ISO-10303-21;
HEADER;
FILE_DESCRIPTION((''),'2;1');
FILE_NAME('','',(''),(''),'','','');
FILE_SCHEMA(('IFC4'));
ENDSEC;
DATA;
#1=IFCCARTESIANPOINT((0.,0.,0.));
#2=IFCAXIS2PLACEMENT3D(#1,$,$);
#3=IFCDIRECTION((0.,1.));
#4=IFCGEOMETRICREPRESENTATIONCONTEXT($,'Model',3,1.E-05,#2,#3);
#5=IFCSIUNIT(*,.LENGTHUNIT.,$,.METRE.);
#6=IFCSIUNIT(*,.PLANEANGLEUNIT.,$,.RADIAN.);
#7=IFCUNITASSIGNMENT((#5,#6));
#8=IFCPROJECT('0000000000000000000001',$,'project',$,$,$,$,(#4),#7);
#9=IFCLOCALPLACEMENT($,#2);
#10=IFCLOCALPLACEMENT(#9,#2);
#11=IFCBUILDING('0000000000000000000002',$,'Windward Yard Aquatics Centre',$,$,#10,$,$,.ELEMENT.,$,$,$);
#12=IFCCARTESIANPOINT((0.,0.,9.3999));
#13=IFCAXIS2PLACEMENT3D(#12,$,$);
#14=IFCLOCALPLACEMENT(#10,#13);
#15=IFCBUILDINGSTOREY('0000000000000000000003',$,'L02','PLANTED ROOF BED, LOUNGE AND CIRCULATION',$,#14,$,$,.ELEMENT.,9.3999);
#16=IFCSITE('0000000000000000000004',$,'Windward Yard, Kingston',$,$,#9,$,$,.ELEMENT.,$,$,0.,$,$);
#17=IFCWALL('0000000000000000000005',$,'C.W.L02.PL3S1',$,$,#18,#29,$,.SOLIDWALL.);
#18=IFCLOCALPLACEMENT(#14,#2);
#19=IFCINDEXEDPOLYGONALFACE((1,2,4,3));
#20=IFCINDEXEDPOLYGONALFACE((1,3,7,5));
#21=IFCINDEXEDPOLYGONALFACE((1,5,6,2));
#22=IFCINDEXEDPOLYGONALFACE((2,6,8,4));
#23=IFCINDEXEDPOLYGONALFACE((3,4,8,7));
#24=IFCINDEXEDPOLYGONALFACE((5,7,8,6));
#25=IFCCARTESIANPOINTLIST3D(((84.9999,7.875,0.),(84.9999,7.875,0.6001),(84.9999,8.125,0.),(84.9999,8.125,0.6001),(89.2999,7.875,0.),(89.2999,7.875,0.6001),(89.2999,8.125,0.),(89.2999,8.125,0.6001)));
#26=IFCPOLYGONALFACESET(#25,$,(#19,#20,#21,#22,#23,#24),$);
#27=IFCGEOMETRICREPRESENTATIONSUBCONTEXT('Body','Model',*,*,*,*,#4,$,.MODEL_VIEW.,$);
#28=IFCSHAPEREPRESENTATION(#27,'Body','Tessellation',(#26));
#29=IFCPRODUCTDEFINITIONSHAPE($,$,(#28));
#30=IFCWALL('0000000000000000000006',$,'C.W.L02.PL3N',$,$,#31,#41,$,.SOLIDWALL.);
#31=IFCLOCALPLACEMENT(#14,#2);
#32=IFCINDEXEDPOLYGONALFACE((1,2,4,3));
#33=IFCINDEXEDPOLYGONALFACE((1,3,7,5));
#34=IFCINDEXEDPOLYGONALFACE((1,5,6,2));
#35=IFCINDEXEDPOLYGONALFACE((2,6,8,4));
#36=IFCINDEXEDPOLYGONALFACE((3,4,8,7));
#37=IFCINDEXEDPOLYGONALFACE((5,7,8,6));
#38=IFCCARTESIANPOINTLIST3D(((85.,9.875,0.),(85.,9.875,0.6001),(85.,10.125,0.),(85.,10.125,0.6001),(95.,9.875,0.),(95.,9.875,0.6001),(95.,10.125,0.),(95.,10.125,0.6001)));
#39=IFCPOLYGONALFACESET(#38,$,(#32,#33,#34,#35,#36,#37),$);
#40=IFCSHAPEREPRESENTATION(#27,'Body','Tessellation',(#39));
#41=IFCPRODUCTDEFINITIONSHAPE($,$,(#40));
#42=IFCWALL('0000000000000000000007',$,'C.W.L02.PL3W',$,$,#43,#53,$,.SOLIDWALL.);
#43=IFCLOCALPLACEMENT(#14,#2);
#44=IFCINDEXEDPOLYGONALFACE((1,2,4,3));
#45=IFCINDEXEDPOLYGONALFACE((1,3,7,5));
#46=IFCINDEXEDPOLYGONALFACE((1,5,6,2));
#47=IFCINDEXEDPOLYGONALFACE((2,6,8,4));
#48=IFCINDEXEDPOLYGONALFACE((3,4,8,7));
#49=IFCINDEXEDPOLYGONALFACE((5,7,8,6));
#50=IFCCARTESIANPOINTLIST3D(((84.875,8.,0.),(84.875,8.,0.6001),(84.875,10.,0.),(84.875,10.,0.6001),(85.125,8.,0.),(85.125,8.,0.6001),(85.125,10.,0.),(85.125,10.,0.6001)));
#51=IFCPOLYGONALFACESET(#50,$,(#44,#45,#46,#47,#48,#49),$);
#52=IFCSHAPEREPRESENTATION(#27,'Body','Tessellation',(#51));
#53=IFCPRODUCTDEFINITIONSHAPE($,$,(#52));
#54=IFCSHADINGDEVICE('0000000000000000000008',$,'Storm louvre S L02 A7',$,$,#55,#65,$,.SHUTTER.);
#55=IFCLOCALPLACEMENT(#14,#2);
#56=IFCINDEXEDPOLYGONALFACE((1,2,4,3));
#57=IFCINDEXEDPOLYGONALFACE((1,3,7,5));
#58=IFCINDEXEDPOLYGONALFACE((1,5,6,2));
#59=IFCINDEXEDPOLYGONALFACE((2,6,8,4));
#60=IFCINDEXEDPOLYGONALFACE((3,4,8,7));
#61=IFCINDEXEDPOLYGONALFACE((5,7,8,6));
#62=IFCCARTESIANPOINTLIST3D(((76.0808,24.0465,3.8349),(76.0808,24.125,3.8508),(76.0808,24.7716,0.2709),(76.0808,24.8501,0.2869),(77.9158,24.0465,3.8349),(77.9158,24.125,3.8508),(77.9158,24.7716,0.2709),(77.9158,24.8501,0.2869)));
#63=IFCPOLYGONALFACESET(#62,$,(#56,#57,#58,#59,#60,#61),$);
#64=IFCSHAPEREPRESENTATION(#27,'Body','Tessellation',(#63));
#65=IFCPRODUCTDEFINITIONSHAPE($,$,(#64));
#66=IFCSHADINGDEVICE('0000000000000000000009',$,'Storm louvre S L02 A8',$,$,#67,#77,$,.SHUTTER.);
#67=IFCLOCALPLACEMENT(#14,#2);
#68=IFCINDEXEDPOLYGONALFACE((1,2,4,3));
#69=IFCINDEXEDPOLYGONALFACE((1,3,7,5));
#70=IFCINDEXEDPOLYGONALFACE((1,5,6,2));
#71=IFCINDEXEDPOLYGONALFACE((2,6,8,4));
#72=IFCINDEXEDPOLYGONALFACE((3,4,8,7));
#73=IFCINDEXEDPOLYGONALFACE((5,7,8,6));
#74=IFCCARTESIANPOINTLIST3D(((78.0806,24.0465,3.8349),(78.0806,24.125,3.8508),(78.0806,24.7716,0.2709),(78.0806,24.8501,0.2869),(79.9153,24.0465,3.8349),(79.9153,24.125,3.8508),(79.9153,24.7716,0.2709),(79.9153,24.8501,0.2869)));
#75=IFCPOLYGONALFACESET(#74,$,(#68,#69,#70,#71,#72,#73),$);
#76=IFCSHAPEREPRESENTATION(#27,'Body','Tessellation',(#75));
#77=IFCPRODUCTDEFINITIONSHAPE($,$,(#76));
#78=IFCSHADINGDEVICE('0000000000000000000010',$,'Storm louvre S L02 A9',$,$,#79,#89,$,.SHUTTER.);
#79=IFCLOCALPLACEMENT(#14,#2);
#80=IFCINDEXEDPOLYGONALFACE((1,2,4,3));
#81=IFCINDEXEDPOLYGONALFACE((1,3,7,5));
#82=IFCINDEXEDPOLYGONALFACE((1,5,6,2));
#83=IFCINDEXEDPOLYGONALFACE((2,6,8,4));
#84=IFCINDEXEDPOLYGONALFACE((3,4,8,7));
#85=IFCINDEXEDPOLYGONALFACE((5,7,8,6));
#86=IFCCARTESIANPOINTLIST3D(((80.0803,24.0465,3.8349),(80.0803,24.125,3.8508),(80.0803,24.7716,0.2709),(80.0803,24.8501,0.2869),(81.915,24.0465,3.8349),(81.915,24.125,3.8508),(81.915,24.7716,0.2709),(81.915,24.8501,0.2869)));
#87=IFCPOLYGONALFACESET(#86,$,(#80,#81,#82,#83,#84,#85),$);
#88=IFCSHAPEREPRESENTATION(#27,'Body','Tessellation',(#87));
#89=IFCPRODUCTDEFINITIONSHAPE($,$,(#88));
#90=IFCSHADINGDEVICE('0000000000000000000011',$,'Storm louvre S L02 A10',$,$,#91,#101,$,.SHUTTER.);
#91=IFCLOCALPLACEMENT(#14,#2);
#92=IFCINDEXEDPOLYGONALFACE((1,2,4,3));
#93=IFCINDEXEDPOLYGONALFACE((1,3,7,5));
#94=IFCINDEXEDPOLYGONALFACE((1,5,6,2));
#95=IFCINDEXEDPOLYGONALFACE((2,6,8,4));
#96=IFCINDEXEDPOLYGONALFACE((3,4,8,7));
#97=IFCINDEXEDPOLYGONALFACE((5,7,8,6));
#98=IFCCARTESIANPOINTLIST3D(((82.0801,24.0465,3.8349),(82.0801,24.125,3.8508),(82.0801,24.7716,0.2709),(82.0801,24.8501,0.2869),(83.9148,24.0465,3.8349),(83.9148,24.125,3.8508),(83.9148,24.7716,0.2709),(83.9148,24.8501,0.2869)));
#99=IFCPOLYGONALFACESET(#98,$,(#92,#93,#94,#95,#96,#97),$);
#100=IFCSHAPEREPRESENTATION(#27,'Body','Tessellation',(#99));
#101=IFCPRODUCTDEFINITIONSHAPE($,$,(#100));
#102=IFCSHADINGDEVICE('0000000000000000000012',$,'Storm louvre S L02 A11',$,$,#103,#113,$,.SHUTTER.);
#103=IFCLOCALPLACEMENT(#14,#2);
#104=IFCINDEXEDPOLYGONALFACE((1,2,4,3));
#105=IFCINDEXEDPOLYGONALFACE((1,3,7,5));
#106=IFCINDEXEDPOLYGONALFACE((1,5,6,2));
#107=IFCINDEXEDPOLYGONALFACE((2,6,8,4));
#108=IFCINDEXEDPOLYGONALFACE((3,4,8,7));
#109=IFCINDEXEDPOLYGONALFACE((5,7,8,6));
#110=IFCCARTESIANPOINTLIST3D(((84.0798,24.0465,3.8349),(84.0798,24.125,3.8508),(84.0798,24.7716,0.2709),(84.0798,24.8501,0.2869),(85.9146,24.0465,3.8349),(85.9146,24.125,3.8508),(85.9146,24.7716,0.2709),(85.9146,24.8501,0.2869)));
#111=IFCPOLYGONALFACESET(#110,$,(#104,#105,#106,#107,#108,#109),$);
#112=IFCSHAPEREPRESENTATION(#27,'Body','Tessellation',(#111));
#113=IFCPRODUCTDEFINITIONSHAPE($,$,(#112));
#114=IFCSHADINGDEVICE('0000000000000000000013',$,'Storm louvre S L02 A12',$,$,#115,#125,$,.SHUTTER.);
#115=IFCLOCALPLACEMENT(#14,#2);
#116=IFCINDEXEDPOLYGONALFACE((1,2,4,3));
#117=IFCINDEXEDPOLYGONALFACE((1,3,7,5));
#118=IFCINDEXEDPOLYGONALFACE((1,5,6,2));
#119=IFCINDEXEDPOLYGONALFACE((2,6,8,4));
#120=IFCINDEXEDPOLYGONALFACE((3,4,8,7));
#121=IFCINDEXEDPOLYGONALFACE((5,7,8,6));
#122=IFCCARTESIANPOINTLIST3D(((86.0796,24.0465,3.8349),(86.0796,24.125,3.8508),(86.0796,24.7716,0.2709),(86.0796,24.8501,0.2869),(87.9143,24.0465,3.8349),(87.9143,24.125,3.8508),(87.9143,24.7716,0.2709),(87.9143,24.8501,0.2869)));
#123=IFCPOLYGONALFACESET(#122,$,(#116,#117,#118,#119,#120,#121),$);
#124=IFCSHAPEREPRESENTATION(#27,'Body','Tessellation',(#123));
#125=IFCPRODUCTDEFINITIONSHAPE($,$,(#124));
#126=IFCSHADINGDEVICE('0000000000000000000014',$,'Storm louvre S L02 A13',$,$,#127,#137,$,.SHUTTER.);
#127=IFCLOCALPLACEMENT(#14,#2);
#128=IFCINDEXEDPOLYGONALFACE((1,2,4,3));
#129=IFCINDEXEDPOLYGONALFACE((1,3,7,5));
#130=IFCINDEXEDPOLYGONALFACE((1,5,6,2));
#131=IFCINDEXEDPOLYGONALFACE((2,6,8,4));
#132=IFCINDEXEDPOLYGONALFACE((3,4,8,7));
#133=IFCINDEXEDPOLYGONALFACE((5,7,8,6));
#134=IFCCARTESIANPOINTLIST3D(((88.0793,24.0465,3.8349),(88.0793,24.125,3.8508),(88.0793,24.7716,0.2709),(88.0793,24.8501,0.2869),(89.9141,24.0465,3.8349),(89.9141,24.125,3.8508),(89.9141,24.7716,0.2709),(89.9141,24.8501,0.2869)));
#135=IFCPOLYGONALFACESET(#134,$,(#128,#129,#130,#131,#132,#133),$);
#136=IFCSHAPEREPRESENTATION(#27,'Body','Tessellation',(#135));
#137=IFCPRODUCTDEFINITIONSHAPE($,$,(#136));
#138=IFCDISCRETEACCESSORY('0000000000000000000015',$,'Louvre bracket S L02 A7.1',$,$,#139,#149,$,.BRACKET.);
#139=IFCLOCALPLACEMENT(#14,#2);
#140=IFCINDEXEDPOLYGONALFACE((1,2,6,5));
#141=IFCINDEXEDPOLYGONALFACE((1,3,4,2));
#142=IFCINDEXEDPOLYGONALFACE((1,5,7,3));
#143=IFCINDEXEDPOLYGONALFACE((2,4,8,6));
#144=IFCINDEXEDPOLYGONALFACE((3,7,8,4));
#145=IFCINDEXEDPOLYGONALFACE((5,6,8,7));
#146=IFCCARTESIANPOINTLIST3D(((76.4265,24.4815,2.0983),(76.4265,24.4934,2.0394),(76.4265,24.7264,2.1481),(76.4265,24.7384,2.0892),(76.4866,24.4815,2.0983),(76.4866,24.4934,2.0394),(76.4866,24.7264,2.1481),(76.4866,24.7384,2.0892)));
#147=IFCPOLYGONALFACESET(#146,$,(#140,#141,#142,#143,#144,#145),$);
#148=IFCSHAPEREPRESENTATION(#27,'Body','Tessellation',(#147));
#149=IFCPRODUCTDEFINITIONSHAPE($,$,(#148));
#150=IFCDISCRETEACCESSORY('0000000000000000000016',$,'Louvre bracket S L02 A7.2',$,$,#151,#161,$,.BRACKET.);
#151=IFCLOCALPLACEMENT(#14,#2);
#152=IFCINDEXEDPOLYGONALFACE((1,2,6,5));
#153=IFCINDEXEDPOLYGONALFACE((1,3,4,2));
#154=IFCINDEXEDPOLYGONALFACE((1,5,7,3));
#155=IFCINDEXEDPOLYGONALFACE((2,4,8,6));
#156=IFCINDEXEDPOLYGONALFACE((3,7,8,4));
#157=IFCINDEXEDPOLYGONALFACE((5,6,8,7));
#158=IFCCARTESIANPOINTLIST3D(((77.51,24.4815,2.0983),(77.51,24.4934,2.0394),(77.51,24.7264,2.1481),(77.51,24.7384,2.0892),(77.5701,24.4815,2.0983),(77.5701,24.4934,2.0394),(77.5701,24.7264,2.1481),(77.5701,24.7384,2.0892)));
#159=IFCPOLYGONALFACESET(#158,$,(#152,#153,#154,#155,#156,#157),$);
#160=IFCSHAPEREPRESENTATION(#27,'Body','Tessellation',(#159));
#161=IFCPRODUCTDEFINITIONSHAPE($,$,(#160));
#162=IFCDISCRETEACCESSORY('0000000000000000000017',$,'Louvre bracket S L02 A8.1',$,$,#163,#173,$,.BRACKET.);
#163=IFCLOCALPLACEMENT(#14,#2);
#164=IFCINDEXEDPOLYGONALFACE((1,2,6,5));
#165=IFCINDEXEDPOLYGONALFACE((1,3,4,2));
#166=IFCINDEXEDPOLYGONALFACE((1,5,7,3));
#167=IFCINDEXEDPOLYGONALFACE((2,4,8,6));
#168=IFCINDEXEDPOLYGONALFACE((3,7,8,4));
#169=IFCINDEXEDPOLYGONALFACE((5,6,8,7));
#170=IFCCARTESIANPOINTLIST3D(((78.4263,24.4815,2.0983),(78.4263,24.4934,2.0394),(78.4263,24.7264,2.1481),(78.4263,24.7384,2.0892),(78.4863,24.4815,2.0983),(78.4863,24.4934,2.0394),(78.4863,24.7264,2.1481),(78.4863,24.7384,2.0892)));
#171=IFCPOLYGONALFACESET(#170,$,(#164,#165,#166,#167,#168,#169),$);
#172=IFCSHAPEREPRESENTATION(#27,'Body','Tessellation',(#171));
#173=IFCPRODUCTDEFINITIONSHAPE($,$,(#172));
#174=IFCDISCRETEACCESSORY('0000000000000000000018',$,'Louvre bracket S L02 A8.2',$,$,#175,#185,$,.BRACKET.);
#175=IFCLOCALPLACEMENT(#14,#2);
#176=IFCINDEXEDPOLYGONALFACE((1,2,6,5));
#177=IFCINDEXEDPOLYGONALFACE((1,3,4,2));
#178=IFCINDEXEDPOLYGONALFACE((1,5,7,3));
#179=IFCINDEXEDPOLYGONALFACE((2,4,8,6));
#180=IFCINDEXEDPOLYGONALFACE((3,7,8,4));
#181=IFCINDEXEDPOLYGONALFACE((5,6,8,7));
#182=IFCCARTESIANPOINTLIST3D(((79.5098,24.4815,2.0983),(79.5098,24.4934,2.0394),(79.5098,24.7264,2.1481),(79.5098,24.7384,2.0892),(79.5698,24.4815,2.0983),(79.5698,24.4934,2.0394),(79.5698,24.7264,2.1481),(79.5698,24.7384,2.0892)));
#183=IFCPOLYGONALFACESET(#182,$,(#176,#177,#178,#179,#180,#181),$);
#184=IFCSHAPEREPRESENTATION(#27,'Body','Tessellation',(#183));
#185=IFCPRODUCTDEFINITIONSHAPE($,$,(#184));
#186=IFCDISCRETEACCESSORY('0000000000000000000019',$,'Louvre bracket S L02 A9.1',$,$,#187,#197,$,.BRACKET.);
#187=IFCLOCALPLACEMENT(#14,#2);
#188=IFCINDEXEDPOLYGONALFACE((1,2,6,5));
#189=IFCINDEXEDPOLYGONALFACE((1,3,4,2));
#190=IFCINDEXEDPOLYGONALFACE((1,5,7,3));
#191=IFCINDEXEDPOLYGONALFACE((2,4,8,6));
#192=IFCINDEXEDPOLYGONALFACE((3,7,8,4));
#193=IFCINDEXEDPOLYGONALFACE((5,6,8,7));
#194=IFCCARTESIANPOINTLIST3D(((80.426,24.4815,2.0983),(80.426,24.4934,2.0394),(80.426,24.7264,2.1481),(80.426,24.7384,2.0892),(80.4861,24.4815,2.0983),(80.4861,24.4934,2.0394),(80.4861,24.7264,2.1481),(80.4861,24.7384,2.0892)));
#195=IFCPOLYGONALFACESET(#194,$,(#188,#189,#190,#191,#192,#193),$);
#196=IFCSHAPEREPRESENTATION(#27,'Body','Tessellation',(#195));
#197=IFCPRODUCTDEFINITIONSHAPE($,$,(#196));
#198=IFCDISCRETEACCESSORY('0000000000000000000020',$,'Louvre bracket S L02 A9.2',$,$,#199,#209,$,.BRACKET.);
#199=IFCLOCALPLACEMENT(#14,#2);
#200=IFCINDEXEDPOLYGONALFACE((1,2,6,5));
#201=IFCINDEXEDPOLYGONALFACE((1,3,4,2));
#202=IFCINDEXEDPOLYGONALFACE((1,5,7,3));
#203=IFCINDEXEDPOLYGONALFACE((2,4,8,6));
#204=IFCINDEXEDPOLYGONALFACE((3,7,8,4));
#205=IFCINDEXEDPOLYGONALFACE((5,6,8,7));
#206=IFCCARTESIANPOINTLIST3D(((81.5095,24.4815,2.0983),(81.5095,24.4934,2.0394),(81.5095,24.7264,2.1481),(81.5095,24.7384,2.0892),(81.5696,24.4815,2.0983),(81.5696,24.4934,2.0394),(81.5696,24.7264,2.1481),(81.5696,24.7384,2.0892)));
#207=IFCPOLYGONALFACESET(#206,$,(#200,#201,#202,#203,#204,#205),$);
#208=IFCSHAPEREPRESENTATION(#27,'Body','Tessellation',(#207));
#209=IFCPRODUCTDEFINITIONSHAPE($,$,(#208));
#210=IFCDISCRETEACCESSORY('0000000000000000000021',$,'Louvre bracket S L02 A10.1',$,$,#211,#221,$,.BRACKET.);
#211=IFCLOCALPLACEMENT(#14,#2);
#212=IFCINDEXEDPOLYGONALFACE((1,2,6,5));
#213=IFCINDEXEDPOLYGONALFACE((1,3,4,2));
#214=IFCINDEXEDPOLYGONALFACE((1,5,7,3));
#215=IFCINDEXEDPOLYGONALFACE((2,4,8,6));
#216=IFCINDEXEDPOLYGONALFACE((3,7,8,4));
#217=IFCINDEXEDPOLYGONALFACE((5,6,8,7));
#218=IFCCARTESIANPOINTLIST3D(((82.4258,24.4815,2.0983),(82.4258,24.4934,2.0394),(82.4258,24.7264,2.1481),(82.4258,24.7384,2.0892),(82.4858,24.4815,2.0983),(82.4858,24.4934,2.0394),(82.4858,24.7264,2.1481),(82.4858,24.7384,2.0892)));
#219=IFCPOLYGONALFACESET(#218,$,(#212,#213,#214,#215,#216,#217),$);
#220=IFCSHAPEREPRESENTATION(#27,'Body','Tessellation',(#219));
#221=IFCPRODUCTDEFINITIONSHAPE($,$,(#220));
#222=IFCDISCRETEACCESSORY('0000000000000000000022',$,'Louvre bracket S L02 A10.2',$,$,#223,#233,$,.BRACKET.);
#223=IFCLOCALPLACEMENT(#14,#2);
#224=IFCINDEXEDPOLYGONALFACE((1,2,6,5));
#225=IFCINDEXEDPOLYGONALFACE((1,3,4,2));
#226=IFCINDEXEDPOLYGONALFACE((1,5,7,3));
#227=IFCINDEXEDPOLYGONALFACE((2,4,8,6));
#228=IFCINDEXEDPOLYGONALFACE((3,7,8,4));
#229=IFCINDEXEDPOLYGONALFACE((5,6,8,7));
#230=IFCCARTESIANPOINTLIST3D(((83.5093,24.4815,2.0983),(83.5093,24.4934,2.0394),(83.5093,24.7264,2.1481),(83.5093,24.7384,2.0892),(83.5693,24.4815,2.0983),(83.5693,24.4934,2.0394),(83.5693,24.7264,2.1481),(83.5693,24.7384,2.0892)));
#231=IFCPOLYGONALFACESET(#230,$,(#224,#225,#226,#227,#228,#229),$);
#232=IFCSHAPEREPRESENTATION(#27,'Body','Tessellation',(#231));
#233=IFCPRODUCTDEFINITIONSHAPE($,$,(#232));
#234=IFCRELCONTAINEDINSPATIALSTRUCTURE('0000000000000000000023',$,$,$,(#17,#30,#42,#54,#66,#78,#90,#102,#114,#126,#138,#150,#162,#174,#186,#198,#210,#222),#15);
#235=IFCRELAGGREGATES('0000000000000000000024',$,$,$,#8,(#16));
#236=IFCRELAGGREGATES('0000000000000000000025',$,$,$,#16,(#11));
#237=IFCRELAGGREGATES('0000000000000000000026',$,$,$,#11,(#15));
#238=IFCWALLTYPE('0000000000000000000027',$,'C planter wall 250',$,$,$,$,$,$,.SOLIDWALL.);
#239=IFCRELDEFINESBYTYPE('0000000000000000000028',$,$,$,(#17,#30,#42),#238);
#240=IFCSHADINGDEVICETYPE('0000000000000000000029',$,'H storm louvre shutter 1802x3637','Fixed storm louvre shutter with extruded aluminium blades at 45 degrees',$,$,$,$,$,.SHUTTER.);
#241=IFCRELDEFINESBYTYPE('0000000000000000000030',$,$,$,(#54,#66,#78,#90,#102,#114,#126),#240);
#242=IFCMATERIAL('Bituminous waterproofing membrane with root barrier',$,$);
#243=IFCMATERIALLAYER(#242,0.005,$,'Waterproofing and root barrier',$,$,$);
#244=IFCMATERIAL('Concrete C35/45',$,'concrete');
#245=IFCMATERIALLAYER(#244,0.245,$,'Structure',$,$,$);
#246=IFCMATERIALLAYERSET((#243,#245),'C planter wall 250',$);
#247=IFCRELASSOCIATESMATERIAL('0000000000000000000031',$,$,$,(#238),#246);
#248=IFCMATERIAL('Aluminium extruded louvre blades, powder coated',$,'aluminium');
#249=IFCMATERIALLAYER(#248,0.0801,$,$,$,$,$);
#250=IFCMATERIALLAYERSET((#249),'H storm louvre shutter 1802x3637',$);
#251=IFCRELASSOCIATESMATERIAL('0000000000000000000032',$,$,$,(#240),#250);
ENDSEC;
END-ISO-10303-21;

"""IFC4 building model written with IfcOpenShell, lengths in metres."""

from ifc_helpers import new_model, si_unit, direction, frame, frame_2d, origin, origin_2d, place, context, subcontext, project, spatial, polyline, rectangle, outline, extrude, material, layer, layer_set, type_object, element, save


model = new_model("IFC4")

# Units and contexts
model_context = context("Model", 3, precision=1e-05, world=origin(), true_north=direction((0.0, 1.0)))
body_context = subcontext(model_context, "Body", "Model", "MODEL_VIEW")
ifc_project = project(units=[si_unit("LENGTHUNIT", "METRE"), si_unit("PLANEANGLEUNIT", "RADIAN")], contexts=[model_context])

# Site, building, storey
site_placement = place(None, origin())
site = spatial("IfcSite", under=ifc_project, at=site_placement, Name="Windward Yard, Kingston", CompositionType="ELEMENT", RefElevation=0.0)
building_placement = place(site_placement, origin())
building = spatial("IfcBuilding", under=site, at=building_placement, Name="Windward Yard Aquatics Centre", CompositionType="ELEMENT")
storey_placement = place(building_placement, frame((0.0, 0.0, 9.3999)))
storey = spatial("IfcBuildingStorey", under=building, at=storey_placement, Name="L02", Description="PLANTED ROOF BED, LOUNGE AND CIRCULATION", CompositionType="ELEMENT", Elevation=9.3999)

# Walls
ifc_material_1 = material(Name="Bituminous waterproofing membrane with root barrier")
ifc_layer_1 = layer(ifc_material_1, 0.005, Name="Waterproofing and root barrier")
ifc_material_2 = material(Name="Concrete C35/45", Category="concrete")
ifc_layer_2 = layer(ifc_material_2, 0.245, Name="Structure")
ifc_layer_set_1 = layer_set([ifc_layer_1, ifc_layer_2], Name="C planter wall 250")
wall_type = type_object("IfcWallType", Name="C planter wall 250", PredefinedType="SOLIDWALL", material=ifc_layer_set_1)
wall_1_placement = place(storey_placement, frame((85.0, 8.0, 0.0), z_axis=(0.0, 0.0, 1.0), x_axis=(1.0, 0.0, 0.0)))
element("IfcWall", 1, at=wall_1_placement, inside=storey, type_object=wall_type, Name="C.W.L02.PL3S1", PredefinedType="SOLIDWALL", context=body_context, shape_type="SweptSolid", body=[
    extrude(rectangle(XDim=4.3, YDim=0.25, at=frame_2d((2.1499, 0.0))), origin(), (0.0, 0.0, 1.0), 0.6001),
])
wall_2_placement = place(storey_placement, frame((85.0, 10.0, 0.0), z_axis=(0.0, 0.0, 1.0), x_axis=(1.0, 0.0, 0.0)))
element("IfcWall", 2, at=wall_2_placement, inside=storey, type_object=wall_type, Name="C.W.L02.PL3N", PredefinedType="SOLIDWALL", context=body_context, shape_type="SweptSolid", body=[
    extrude(rectangle(XDim=10.0, YDim=0.25, at=frame_2d((5.0, 0.0))), origin(), (0.0, 0.0, 1.0), 0.6001),
])
wall_3_placement = place(storey_placement, frame((85.0, 8.0, 0.0), z_axis=(0.0, 0.0, 1.0), x_axis=(0.0, 1.0, 0.0)))
element("IfcWall", 3, at=wall_3_placement, inside=storey, type_object=wall_type, Name="C.W.L02.PL3W", PredefinedType="SOLIDWALL", context=body_context, shape_type="SweptSolid", body=[
    extrude(rectangle(XDim=2.0, YDim=0.25, at=frame_2d((1.0, 0.0))), origin(), (0.0, 0.0, 1.0), 0.6001),
])

# Shading devices
ifc_material_3 = material(Name="Aluminium extruded louvre blades, powder coated", Category="aluminium")
ifc_layer_3 = layer(ifc_material_3, 0.0801)
ifc_layer_set_2 = layer_set([ifc_layer_3], Name="H storm louvre shutter 1802x3637")
shading_device_type = type_object("IfcShadingDeviceType", Name="H storm louvre shutter 1802x3637", Description="Fixed storm louvre shutter with extruded aluminium blades at 45 degrees", PredefinedType="SHUTTER", material=ifc_layer_set_2)
shading_device_placement = place(storey_placement, frame((76.0808, 24.125, 3.8508), z_axis=(0.0, 0.979925, 0.199368), x_axis=(0.0, 0.199368, -0.979925)))
element("IfcShadingDevice", 4, at=shading_device_placement, inside=storey, type_object=shading_device_type, Name="Storm louvre S L02 A7", PredefinedType="SHUTTER", context=body_context, shape_type="SweptSolid", body=[
    extrude(outline(polyline([(0.0, 0.0), (3.637, 0.0), (3.637, -1.835), (0.0, -1.835), (0.0, 0.0)])), origin(), (0.0, 0.0, -1.0), 0.0801),
])
for number, where, z_axis, x_axis, name in (
    (5, (78.0806, 24.125, 3.8508), (0.0, 0.979925, 0.199368), (0.0, 0.199368, -0.979925), "Storm louvre S L02 A8"),
    (6, (80.0803, 24.125, 3.8508), (0.0, 0.979925, 0.199368), (0.0, 0.199368, -0.979925), "Storm louvre S L02 A9"),
    (7, (82.0801, 24.125, 3.8508), (0.0, 0.979925, 0.199368), (0.0, 0.199368, -0.979925), "Storm louvre S L02 A10"),
    (8, (84.0798, 24.125, 3.8508), (0.0, 0.979925, 0.199368), (0.0, 0.199368, -0.979925), "Storm louvre S L02 A11"),
    (9, (86.0796, 24.125, 3.8508), (0.0, 0.979925, 0.199368), (0.0, 0.199368, -0.979925), "Storm louvre S L02 A12"),
    (10, (88.0793, 24.125, 3.8508), (0.0, 0.979925, 0.199368), (0.0, 0.199368, -0.979925), "Storm louvre S L02 A13"),
):
    element("IfcShadingDevice", number, at=place(storey_placement, frame(where, z_axis=z_axis, x_axis=x_axis)), inside=storey, type_object=shading_device_type, Name=name, PredefinedType="SHUTTER", context=body_context, shape_type="SweptSolid", body=[
        extrude(outline(polyline([(0.0, 0.0), (3.637, 0.0), (3.637, -1.8347), (0.0, -1.8347), (0.0, 0.0)])), origin(), (0.0, 0.0, -1.0), 0.0801),
    ])

# Discrete accessories
for number, where, z_axis, x_axis, name in (
    (11, (76.4565, 24.7324, 2.1187), (0.0, -0.979937, -0.199309), (1.0, 0.0, 0.0), "Louvre bracket S L02 A7.1"),
    (12, (77.54, 24.7324, 2.1187), (0.0, -0.979937, -0.199309), (1.0, 0.0, 0.0), "Louvre bracket S L02 A7.2"),
    (13, (78.4563, 24.7324, 2.1187), (0.0, -0.979937, -0.199309), (1.0, 0.0, 0.0), "Louvre bracket S L02 A8.1"),
    (14, (79.5398, 24.7324, 2.1187), (0.0, -0.979937, -0.199309), (1.0, 0.0, 0.0), "Louvre bracket S L02 A8.2"),
    (15, (80.4561, 24.7324, 2.1187), (0.0, -0.979937, -0.199309), (1.0, 0.0, 0.0), "Louvre bracket S L02 A9.1"),
    (16, (81.5396, 24.7324, 2.1187), (0.0, -0.979937, -0.199309), (1.0, 0.0, 0.0), "Louvre bracket S L02 A9.2"),
    (17, (82.4558, 24.7324, 2.1187), (0.0, -0.979937, -0.199309), (1.0, 0.0, 0.0), "Louvre bracket S L02 A10.1"),
    (18, (83.5393, 24.7324, 2.1187), (0.0, -0.979937, -0.199309), (1.0, 0.0, 0.0), "Louvre bracket S L02 A10.2"),
):
    element("IfcDiscreteAccessory", number, at=place(storey_placement, frame(where, z_axis=z_axis, x_axis=x_axis)), inside=storey, Name=name, PredefinedType="BRACKET", context=body_context, shape_type="SweptSolid", body=[
        extrude(rectangle(XDim=0.0601, YDim=0.0601, at=origin_2d()), origin(), (0.0, 0.0, 1.0), 0.25),
    ])

save(model, "model.ifc")
